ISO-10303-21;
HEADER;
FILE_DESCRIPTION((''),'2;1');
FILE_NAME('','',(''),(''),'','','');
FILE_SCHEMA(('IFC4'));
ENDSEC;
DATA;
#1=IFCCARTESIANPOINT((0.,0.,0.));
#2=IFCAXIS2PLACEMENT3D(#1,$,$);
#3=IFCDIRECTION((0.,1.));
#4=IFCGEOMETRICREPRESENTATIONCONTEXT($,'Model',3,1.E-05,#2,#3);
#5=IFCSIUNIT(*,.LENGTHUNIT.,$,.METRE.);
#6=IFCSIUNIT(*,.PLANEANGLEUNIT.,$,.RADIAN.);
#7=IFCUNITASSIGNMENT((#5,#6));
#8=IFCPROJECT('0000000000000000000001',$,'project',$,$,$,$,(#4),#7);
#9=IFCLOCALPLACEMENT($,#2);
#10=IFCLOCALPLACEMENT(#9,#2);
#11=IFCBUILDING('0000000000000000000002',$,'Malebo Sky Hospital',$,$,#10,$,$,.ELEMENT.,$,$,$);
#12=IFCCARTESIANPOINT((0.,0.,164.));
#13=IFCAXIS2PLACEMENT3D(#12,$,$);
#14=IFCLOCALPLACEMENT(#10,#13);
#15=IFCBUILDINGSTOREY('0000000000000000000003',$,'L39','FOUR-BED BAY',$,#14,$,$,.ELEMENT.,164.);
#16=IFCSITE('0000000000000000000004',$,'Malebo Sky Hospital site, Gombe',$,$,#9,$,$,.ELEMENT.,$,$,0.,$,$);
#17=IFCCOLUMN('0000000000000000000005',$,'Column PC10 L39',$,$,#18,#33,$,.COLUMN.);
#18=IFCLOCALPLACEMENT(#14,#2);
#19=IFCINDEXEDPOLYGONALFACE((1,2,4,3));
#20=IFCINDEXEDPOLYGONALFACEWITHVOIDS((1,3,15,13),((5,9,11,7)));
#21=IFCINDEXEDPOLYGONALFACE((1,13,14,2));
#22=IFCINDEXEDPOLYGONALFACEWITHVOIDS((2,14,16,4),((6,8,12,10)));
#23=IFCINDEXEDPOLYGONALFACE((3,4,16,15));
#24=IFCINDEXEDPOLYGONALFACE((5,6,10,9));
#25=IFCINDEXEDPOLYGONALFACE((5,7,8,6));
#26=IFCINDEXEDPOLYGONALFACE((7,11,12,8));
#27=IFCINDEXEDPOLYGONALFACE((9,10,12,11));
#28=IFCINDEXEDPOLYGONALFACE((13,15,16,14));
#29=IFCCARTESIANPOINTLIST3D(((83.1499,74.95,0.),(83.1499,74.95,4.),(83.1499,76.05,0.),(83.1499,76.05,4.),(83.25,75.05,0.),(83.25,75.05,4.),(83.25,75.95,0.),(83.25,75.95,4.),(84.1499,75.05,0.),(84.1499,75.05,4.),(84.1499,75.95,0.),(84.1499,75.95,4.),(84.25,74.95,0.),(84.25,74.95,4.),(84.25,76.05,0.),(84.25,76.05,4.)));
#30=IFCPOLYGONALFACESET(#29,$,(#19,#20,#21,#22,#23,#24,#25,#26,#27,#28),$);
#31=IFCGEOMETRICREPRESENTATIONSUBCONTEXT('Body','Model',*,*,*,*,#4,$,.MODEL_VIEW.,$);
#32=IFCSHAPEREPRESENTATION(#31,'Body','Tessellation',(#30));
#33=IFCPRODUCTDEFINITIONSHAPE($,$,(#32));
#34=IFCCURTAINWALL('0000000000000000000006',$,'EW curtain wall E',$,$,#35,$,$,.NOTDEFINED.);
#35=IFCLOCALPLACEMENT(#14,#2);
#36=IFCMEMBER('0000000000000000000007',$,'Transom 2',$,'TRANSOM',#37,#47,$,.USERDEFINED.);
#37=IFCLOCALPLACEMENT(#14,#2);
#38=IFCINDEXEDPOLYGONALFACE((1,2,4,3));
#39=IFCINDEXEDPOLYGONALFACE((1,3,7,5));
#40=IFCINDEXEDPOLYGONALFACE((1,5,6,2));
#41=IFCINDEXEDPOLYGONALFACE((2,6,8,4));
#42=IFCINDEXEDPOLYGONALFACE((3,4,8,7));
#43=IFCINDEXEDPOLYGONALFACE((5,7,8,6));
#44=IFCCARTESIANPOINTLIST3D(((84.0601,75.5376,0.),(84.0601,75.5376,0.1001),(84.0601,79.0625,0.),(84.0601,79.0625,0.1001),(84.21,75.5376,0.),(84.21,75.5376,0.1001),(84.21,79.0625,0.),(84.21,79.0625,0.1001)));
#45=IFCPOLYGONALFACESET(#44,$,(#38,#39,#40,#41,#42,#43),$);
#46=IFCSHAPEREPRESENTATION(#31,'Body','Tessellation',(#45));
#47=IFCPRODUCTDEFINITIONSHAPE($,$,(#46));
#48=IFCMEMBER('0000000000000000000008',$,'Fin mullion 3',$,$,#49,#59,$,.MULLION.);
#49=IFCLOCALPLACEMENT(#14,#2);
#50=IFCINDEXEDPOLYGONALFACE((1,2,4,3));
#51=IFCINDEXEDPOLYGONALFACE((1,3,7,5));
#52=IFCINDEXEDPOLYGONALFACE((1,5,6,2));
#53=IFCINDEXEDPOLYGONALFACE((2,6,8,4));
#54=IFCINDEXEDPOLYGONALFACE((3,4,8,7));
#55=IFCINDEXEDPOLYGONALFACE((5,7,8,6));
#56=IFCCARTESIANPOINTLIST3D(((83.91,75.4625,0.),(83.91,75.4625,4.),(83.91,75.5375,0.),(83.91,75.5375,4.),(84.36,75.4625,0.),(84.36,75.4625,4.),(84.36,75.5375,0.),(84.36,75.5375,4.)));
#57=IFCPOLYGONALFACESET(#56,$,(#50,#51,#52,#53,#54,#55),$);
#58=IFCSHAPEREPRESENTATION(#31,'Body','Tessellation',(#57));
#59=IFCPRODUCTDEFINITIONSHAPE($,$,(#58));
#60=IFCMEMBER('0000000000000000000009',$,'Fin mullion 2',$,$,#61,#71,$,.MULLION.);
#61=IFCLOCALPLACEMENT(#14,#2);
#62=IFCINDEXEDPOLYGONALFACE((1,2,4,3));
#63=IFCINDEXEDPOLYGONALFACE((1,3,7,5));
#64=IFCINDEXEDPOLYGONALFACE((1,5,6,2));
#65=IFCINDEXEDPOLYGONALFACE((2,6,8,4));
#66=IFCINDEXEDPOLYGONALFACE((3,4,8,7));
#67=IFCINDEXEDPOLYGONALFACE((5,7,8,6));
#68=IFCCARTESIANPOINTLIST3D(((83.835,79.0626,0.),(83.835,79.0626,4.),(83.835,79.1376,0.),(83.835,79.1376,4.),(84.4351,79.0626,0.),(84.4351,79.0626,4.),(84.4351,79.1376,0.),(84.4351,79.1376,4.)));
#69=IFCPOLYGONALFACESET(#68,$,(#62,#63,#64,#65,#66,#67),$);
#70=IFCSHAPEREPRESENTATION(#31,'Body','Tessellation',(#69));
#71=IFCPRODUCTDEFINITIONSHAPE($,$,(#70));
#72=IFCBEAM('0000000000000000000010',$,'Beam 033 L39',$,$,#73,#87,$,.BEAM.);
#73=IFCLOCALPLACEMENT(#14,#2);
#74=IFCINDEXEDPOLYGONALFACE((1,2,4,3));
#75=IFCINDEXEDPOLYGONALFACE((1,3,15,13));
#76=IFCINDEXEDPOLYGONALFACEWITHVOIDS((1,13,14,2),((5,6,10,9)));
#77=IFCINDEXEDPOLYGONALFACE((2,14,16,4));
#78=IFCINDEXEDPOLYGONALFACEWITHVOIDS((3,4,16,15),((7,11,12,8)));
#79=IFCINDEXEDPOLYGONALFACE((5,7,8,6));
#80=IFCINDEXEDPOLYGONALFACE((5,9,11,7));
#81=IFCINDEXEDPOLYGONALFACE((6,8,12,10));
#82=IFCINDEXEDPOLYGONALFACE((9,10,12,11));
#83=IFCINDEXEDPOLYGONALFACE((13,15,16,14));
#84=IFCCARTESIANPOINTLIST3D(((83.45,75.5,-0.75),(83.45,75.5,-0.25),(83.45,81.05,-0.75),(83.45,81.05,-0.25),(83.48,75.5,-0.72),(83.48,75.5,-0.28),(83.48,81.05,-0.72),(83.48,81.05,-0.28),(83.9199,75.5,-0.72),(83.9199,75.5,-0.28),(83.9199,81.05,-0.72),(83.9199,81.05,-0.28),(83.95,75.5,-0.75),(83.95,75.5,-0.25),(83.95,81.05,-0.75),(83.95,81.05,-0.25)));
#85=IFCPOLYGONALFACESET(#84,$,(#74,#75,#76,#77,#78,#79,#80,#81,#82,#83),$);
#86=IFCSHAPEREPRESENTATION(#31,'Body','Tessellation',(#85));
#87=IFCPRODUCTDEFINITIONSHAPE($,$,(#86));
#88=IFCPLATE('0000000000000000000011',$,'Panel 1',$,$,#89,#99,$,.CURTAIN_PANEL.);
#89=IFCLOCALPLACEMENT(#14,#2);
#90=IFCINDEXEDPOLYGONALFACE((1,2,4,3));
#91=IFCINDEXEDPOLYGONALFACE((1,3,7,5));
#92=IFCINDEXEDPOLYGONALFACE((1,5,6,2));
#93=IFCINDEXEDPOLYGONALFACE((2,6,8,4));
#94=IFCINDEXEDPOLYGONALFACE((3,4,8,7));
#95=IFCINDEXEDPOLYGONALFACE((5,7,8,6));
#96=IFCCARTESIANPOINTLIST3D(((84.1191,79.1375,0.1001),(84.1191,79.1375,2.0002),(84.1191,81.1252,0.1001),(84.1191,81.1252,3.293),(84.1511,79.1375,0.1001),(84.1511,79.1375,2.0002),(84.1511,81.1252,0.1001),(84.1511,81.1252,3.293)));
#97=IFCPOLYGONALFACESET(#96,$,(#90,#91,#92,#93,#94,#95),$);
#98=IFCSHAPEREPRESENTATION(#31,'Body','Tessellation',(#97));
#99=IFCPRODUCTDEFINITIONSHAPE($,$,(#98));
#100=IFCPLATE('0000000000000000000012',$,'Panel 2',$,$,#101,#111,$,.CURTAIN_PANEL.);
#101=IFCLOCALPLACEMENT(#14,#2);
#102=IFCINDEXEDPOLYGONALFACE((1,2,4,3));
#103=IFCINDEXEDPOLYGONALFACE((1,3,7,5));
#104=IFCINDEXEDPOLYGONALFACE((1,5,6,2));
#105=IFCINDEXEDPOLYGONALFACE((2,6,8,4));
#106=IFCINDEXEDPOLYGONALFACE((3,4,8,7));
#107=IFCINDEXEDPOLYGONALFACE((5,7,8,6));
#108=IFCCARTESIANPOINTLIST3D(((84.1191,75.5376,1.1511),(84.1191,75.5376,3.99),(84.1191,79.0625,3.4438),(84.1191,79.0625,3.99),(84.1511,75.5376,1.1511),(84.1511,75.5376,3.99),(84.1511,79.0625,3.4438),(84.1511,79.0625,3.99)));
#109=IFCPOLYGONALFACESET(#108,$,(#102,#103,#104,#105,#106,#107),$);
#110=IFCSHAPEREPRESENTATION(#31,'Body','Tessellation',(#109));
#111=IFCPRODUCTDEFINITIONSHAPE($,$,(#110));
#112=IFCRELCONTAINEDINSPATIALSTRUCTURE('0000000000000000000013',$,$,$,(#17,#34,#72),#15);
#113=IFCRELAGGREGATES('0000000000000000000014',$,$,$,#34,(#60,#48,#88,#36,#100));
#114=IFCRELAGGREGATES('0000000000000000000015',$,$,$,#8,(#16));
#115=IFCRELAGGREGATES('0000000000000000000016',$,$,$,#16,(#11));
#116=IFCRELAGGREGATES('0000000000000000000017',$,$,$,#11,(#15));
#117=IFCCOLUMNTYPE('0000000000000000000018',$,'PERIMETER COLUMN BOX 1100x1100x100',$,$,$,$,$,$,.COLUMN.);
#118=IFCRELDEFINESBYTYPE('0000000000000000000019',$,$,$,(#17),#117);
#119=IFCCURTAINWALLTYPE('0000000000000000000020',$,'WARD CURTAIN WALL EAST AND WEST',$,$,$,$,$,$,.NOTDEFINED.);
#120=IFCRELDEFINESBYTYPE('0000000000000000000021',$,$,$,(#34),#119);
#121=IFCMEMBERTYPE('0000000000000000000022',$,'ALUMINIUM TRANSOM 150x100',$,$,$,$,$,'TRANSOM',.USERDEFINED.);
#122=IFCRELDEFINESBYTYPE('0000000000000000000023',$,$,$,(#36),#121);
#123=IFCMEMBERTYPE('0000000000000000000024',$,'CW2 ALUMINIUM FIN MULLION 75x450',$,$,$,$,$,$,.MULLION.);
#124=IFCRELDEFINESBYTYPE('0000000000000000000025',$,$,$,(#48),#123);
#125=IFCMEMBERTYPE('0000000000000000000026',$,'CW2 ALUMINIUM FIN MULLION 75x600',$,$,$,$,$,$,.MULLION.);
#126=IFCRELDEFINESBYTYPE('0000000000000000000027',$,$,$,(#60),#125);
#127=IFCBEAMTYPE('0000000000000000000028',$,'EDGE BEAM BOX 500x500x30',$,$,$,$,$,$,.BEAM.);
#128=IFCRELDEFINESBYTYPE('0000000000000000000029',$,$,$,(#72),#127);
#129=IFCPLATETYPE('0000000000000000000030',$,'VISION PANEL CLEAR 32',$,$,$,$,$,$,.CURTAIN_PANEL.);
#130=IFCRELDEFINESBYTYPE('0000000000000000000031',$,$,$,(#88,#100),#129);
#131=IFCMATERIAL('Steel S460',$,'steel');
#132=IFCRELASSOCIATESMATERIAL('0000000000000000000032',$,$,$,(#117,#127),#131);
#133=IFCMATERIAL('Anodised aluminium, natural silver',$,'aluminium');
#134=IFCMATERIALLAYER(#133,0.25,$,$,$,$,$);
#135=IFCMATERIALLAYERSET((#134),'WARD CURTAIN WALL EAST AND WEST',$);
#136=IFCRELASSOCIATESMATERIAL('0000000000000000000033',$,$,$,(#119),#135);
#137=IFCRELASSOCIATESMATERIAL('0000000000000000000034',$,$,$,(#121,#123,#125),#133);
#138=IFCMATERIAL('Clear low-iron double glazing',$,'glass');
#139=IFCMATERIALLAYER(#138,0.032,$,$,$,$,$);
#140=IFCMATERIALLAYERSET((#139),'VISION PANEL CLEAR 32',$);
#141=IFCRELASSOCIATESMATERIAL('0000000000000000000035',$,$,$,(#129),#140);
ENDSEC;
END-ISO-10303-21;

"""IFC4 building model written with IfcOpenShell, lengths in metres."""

from ifc_helpers import new_model, si_unit, direction, frame, origin, origin_2d, place, context, subcontext, project, spatial, polyline, rectangle, hollow_rectangle, outline, extrude, material, layer, layer_set, material_profile, profile_set, type_object, element, aggregate, save


model = new_model("IFC4")

# Units and contexts
model_context = context("Model", 3, precision=1e-05, world=origin(), true_north=direction((0.0, 1.0)))
body_context = subcontext(model_context, "Body", "Model", "MODEL_VIEW")
ifc_project = project(units=[si_unit("LENGTHUNIT", "METRE"), si_unit("PLANEANGLEUNIT", "RADIAN")], contexts=[model_context])

# Site, building, storey
site_placement = place(None, origin())
site = spatial("IfcSite", under=ifc_project, at=site_placement, Name="Malebo Sky Hospital site, Gombe", CompositionType="ELEMENT", RefElevation=0.0)
building_placement = place(site_placement, origin())
building = spatial("IfcBuilding", under=site, at=building_placement, Name="Malebo Sky Hospital", CompositionType="ELEMENT")
storey_placement = place(building_placement, frame((0.0, 0.0, 164.0)))
storey = spatial("IfcBuildingStorey", under=building, at=storey_placement, Name="L39", Description="FOUR-BED BAY", CompositionType="ELEMENT", Elevation=164.0)

# Column
ifc_material_1 = material(Name="Steel S460", Category="steel")
ifc_material_profile_1 = material_profile(ifc_material_1, hollow_rectangle(XDim=1.1001, YDim=1.1001, WallThickness=0.1001, at=origin_2d()), Name="BOX 1100x1100x100")
ifc_profile_set_1 = profile_set([ifc_material_profile_1], Name="Steel S460")
column_type = type_object("IfcColumnType", Name="PERIMETER COLUMN BOX 1100x1100x100", PredefinedType="COLUMN", material=ifc_profile_set_1)
column_placement = place(storey_placement, frame((83.7, 75.5, 0.0), z_axis=(0.0, 0.0, 1.0), x_axis=(1.0, 0.0, 0.0)))
element("IfcColumn", 1, at=column_placement, inside=storey, type_object=column_type, Name="Column PC10 L39", PredefinedType="COLUMN", context=body_context, shape_type="SweptSolid", body=[
    extrude(hollow_rectangle(XDim=1.1001, YDim=1.1001, WallThickness=0.1001, at=origin_2d()), origin(), (0.0, 0.0, 1.0), 4.0),
])

# Curtain wall, members
ifc_material_2 = material(Name="Anodised aluminium, natural silver", Category="aluminium")
ifc_layer_1 = layer(ifc_material_2, 0.25)
ifc_layer_set_1 = layer_set([ifc_layer_1], Name="WARD CURTAIN WALL EAST AND WEST")
curtain_wall_type = type_object("IfcCurtainWallType", Name="WARD CURTAIN WALL EAST AND WEST", PredefinedType="NOTDEFINED", material=ifc_layer_set_1)
curtain_wall_placement = place(storey_placement, origin())
curtain_wall = element("IfcCurtainWall", 2, at=curtain_wall_placement, inside=storey, type_object=curtain_wall_type, Name="EW curtain wall E", PredefinedType="NOTDEFINED")
ifc_material_profile_2 = material_profile(ifc_material_2, rectangle(XDim=0.1499, YDim=0.1001, at=origin_2d()), Name="ALUMINIUM TRANSOM 150x100")
ifc_profile_set_2 = profile_set([ifc_material_profile_2], Name="Anodised aluminium, natural silver")
member_type_1 = type_object("IfcMemberType", Name="ALUMINIUM TRANSOM 150x100", ElementType="TRANSOM", PredefinedType="USERDEFINED", material=ifc_profile_set_2)
member_1_placement = place(storey_placement, frame((84.135, 79.0625, 0.05), z_axis=(0.0, -1.0, 0.0), x_axis=(1.0, 0.0, 0.0)))
member_1 = element("IfcMember", 3, at=member_1_placement, type_object=member_type_1, Name="Transom 2", ObjectType="TRANSOM", PredefinedType="USERDEFINED", context=body_context, shape_type="SweptSolid", body=[
    extrude(rectangle(XDim=0.1499, YDim=0.1001, at=origin_2d()), origin(), (0.0, 0.0, 1.0), 3.5249),
])
ifc_material_profile_3 = material_profile(ifc_material_2, rectangle(XDim=0.075, YDim=0.45, at=origin_2d()), Name="CW2 ALUMINIUM FIN MULLION 75x450")
ifc_profile_set_3 = profile_set([ifc_material_profile_3], Name="Anodised aluminium, natural silver")
member_type_2 = type_object("IfcMemberType", Name="CW2 ALUMINIUM FIN MULLION 75x450", PredefinedType="MULLION", material=ifc_profile_set_3)
member_2_placement = place(storey_placement, frame((84.135, 75.5, 0.0), z_axis=(0.0, 0.0, 1.0), x_axis=(0.0, -1.0, 0.0)))
member_2 = element("IfcMember", 4, at=member_2_placement, type_object=member_type_2, Name="Fin mullion 3", PredefinedType="MULLION", context=body_context, shape_type="SweptSolid", body=[
    extrude(rectangle(XDim=0.075, YDim=0.45, at=origin_2d()), origin(), (0.0, 0.0, 1.0), 4.0),
])
ifc_material_profile_4 = material_profile(ifc_material_2, rectangle(XDim=0.075, YDim=0.6001, at=origin_2d()), Name="CW2 ALUMINIUM FIN MULLION 75x600")
ifc_profile_set_4 = profile_set([ifc_material_profile_4], Name="Anodised aluminium, natural silver")
member_type_3 = type_object("IfcMemberType", Name="CW2 ALUMINIUM FIN MULLION 75x600", PredefinedType="MULLION", material=ifc_profile_set_4)
member_3_placement = place(storey_placement, frame((84.135, 79.1001, 0.0), z_axis=(0.0, 0.0, 1.0), x_axis=(0.0, -1.0, 0.0)))
member_3 = element("IfcMember", 5, at=member_3_placement, type_object=member_type_3, Name="Fin mullion 2", PredefinedType="MULLION", context=body_context, shape_type="SweptSolid", body=[
    extrude(rectangle(XDim=0.075, YDim=0.6001, at=origin_2d()), origin(), (0.0, 0.0, 1.0), 4.0),
])

# Beam
ifc_material_profile_5 = material_profile(ifc_material_1, hollow_rectangle(XDim=0.5, YDim=0.5, WallThickness=0.03, at=origin_2d()), Name="BOX 500x500x30")
ifc_profile_set_5 = profile_set([ifc_material_profile_5], Name="Steel S460")
beam_type = type_object("IfcBeamType", Name="EDGE BEAM BOX 500x500x30", PredefinedType="BEAM", material=ifc_profile_set_5)
beam_placement = place(storey_placement, frame((83.7, 75.5, -0.5), z_axis=(0.0, 1.0, 0.0), x_axis=(-1.0, 0.0, 0.0)))
element("IfcBeam", 6, at=beam_placement, inside=storey, type_object=beam_type, Name="Beam 033 L39", PredefinedType="BEAM", context=body_context, shape_type="SweptSolid", body=[
    extrude(hollow_rectangle(XDim=0.5, YDim=0.5, WallThickness=0.03, at=origin_2d()), origin(), (0.0, 0.0, 1.0), 5.55),
])

# Plates
ifc_material_3 = material(Name="Clear low-iron double glazing", Category="glass")
ifc_layer_2 = layer(ifc_material_3, 0.032)
ifc_layer_set_2 = layer_set([ifc_layer_2], Name="VISION PANEL CLEAR 32")
plate_type = type_object("IfcPlateType", Name="VISION PANEL CLEAR 32", PredefinedType="CURTAIN_PANEL", material=ifc_layer_set_2)
plate_1_placement = place(storey_placement, frame((84.135, 80.1313, 0.1001), z_axis=(0.0, 0.0, 1.0), x_axis=(0.0, -1.0, 0.0)))
plate_1 = element("IfcPlate", 7, at=plate_1_placement, type_object=plate_type, Name="Panel 1", PredefinedType="CURTAIN_PANEL", context=body_context, shape_type="SweptSolid", body=[
    extrude(outline(polyline([(-0.9939, 0.0), (0.9939, 0.0), (0.9939, 1.9001), (-0.9939, 3.1929), (-0.9939, 0.0)])), frame((0.0, 0.0161, 0.0), z_axis=(0.0, -1.0, 0.0), x_axis=(1.0, 0.0, 0.0)), (0.0, 0.0, 1.0), 0.032),
])
plate_2_placement = place(storey_placement, frame((84.135, 77.3, 1.1511), z_axis=(0.0, 0.0, 1.0), x_axis=(0.0, -1.0, 0.0)))
plate_2 = element("IfcPlate", 8, at=plate_2_placement, type_object=plate_type, Name="Panel 2", PredefinedType="CURTAIN_PANEL", context=body_context, shape_type="SweptSolid", body=[
    extrude(outline(polyline([(1.7625, 0.0), (1.7625, 2.8389), (-1.7625, 2.8389), (-1.7625, 2.2927), (1.7625, 0.0)])), frame((0.0, 0.0161, 0.0), z_axis=(0.0, -1.0, 0.0), x_axis=(1.0, 0.0, 0.0)), (0.0, 0.0, 1.0), 0.032),
])
aggregate(curtain_wall, [member_3, member_2, plate_1, member_1, plate_2])

save(model, "model.ifc")
